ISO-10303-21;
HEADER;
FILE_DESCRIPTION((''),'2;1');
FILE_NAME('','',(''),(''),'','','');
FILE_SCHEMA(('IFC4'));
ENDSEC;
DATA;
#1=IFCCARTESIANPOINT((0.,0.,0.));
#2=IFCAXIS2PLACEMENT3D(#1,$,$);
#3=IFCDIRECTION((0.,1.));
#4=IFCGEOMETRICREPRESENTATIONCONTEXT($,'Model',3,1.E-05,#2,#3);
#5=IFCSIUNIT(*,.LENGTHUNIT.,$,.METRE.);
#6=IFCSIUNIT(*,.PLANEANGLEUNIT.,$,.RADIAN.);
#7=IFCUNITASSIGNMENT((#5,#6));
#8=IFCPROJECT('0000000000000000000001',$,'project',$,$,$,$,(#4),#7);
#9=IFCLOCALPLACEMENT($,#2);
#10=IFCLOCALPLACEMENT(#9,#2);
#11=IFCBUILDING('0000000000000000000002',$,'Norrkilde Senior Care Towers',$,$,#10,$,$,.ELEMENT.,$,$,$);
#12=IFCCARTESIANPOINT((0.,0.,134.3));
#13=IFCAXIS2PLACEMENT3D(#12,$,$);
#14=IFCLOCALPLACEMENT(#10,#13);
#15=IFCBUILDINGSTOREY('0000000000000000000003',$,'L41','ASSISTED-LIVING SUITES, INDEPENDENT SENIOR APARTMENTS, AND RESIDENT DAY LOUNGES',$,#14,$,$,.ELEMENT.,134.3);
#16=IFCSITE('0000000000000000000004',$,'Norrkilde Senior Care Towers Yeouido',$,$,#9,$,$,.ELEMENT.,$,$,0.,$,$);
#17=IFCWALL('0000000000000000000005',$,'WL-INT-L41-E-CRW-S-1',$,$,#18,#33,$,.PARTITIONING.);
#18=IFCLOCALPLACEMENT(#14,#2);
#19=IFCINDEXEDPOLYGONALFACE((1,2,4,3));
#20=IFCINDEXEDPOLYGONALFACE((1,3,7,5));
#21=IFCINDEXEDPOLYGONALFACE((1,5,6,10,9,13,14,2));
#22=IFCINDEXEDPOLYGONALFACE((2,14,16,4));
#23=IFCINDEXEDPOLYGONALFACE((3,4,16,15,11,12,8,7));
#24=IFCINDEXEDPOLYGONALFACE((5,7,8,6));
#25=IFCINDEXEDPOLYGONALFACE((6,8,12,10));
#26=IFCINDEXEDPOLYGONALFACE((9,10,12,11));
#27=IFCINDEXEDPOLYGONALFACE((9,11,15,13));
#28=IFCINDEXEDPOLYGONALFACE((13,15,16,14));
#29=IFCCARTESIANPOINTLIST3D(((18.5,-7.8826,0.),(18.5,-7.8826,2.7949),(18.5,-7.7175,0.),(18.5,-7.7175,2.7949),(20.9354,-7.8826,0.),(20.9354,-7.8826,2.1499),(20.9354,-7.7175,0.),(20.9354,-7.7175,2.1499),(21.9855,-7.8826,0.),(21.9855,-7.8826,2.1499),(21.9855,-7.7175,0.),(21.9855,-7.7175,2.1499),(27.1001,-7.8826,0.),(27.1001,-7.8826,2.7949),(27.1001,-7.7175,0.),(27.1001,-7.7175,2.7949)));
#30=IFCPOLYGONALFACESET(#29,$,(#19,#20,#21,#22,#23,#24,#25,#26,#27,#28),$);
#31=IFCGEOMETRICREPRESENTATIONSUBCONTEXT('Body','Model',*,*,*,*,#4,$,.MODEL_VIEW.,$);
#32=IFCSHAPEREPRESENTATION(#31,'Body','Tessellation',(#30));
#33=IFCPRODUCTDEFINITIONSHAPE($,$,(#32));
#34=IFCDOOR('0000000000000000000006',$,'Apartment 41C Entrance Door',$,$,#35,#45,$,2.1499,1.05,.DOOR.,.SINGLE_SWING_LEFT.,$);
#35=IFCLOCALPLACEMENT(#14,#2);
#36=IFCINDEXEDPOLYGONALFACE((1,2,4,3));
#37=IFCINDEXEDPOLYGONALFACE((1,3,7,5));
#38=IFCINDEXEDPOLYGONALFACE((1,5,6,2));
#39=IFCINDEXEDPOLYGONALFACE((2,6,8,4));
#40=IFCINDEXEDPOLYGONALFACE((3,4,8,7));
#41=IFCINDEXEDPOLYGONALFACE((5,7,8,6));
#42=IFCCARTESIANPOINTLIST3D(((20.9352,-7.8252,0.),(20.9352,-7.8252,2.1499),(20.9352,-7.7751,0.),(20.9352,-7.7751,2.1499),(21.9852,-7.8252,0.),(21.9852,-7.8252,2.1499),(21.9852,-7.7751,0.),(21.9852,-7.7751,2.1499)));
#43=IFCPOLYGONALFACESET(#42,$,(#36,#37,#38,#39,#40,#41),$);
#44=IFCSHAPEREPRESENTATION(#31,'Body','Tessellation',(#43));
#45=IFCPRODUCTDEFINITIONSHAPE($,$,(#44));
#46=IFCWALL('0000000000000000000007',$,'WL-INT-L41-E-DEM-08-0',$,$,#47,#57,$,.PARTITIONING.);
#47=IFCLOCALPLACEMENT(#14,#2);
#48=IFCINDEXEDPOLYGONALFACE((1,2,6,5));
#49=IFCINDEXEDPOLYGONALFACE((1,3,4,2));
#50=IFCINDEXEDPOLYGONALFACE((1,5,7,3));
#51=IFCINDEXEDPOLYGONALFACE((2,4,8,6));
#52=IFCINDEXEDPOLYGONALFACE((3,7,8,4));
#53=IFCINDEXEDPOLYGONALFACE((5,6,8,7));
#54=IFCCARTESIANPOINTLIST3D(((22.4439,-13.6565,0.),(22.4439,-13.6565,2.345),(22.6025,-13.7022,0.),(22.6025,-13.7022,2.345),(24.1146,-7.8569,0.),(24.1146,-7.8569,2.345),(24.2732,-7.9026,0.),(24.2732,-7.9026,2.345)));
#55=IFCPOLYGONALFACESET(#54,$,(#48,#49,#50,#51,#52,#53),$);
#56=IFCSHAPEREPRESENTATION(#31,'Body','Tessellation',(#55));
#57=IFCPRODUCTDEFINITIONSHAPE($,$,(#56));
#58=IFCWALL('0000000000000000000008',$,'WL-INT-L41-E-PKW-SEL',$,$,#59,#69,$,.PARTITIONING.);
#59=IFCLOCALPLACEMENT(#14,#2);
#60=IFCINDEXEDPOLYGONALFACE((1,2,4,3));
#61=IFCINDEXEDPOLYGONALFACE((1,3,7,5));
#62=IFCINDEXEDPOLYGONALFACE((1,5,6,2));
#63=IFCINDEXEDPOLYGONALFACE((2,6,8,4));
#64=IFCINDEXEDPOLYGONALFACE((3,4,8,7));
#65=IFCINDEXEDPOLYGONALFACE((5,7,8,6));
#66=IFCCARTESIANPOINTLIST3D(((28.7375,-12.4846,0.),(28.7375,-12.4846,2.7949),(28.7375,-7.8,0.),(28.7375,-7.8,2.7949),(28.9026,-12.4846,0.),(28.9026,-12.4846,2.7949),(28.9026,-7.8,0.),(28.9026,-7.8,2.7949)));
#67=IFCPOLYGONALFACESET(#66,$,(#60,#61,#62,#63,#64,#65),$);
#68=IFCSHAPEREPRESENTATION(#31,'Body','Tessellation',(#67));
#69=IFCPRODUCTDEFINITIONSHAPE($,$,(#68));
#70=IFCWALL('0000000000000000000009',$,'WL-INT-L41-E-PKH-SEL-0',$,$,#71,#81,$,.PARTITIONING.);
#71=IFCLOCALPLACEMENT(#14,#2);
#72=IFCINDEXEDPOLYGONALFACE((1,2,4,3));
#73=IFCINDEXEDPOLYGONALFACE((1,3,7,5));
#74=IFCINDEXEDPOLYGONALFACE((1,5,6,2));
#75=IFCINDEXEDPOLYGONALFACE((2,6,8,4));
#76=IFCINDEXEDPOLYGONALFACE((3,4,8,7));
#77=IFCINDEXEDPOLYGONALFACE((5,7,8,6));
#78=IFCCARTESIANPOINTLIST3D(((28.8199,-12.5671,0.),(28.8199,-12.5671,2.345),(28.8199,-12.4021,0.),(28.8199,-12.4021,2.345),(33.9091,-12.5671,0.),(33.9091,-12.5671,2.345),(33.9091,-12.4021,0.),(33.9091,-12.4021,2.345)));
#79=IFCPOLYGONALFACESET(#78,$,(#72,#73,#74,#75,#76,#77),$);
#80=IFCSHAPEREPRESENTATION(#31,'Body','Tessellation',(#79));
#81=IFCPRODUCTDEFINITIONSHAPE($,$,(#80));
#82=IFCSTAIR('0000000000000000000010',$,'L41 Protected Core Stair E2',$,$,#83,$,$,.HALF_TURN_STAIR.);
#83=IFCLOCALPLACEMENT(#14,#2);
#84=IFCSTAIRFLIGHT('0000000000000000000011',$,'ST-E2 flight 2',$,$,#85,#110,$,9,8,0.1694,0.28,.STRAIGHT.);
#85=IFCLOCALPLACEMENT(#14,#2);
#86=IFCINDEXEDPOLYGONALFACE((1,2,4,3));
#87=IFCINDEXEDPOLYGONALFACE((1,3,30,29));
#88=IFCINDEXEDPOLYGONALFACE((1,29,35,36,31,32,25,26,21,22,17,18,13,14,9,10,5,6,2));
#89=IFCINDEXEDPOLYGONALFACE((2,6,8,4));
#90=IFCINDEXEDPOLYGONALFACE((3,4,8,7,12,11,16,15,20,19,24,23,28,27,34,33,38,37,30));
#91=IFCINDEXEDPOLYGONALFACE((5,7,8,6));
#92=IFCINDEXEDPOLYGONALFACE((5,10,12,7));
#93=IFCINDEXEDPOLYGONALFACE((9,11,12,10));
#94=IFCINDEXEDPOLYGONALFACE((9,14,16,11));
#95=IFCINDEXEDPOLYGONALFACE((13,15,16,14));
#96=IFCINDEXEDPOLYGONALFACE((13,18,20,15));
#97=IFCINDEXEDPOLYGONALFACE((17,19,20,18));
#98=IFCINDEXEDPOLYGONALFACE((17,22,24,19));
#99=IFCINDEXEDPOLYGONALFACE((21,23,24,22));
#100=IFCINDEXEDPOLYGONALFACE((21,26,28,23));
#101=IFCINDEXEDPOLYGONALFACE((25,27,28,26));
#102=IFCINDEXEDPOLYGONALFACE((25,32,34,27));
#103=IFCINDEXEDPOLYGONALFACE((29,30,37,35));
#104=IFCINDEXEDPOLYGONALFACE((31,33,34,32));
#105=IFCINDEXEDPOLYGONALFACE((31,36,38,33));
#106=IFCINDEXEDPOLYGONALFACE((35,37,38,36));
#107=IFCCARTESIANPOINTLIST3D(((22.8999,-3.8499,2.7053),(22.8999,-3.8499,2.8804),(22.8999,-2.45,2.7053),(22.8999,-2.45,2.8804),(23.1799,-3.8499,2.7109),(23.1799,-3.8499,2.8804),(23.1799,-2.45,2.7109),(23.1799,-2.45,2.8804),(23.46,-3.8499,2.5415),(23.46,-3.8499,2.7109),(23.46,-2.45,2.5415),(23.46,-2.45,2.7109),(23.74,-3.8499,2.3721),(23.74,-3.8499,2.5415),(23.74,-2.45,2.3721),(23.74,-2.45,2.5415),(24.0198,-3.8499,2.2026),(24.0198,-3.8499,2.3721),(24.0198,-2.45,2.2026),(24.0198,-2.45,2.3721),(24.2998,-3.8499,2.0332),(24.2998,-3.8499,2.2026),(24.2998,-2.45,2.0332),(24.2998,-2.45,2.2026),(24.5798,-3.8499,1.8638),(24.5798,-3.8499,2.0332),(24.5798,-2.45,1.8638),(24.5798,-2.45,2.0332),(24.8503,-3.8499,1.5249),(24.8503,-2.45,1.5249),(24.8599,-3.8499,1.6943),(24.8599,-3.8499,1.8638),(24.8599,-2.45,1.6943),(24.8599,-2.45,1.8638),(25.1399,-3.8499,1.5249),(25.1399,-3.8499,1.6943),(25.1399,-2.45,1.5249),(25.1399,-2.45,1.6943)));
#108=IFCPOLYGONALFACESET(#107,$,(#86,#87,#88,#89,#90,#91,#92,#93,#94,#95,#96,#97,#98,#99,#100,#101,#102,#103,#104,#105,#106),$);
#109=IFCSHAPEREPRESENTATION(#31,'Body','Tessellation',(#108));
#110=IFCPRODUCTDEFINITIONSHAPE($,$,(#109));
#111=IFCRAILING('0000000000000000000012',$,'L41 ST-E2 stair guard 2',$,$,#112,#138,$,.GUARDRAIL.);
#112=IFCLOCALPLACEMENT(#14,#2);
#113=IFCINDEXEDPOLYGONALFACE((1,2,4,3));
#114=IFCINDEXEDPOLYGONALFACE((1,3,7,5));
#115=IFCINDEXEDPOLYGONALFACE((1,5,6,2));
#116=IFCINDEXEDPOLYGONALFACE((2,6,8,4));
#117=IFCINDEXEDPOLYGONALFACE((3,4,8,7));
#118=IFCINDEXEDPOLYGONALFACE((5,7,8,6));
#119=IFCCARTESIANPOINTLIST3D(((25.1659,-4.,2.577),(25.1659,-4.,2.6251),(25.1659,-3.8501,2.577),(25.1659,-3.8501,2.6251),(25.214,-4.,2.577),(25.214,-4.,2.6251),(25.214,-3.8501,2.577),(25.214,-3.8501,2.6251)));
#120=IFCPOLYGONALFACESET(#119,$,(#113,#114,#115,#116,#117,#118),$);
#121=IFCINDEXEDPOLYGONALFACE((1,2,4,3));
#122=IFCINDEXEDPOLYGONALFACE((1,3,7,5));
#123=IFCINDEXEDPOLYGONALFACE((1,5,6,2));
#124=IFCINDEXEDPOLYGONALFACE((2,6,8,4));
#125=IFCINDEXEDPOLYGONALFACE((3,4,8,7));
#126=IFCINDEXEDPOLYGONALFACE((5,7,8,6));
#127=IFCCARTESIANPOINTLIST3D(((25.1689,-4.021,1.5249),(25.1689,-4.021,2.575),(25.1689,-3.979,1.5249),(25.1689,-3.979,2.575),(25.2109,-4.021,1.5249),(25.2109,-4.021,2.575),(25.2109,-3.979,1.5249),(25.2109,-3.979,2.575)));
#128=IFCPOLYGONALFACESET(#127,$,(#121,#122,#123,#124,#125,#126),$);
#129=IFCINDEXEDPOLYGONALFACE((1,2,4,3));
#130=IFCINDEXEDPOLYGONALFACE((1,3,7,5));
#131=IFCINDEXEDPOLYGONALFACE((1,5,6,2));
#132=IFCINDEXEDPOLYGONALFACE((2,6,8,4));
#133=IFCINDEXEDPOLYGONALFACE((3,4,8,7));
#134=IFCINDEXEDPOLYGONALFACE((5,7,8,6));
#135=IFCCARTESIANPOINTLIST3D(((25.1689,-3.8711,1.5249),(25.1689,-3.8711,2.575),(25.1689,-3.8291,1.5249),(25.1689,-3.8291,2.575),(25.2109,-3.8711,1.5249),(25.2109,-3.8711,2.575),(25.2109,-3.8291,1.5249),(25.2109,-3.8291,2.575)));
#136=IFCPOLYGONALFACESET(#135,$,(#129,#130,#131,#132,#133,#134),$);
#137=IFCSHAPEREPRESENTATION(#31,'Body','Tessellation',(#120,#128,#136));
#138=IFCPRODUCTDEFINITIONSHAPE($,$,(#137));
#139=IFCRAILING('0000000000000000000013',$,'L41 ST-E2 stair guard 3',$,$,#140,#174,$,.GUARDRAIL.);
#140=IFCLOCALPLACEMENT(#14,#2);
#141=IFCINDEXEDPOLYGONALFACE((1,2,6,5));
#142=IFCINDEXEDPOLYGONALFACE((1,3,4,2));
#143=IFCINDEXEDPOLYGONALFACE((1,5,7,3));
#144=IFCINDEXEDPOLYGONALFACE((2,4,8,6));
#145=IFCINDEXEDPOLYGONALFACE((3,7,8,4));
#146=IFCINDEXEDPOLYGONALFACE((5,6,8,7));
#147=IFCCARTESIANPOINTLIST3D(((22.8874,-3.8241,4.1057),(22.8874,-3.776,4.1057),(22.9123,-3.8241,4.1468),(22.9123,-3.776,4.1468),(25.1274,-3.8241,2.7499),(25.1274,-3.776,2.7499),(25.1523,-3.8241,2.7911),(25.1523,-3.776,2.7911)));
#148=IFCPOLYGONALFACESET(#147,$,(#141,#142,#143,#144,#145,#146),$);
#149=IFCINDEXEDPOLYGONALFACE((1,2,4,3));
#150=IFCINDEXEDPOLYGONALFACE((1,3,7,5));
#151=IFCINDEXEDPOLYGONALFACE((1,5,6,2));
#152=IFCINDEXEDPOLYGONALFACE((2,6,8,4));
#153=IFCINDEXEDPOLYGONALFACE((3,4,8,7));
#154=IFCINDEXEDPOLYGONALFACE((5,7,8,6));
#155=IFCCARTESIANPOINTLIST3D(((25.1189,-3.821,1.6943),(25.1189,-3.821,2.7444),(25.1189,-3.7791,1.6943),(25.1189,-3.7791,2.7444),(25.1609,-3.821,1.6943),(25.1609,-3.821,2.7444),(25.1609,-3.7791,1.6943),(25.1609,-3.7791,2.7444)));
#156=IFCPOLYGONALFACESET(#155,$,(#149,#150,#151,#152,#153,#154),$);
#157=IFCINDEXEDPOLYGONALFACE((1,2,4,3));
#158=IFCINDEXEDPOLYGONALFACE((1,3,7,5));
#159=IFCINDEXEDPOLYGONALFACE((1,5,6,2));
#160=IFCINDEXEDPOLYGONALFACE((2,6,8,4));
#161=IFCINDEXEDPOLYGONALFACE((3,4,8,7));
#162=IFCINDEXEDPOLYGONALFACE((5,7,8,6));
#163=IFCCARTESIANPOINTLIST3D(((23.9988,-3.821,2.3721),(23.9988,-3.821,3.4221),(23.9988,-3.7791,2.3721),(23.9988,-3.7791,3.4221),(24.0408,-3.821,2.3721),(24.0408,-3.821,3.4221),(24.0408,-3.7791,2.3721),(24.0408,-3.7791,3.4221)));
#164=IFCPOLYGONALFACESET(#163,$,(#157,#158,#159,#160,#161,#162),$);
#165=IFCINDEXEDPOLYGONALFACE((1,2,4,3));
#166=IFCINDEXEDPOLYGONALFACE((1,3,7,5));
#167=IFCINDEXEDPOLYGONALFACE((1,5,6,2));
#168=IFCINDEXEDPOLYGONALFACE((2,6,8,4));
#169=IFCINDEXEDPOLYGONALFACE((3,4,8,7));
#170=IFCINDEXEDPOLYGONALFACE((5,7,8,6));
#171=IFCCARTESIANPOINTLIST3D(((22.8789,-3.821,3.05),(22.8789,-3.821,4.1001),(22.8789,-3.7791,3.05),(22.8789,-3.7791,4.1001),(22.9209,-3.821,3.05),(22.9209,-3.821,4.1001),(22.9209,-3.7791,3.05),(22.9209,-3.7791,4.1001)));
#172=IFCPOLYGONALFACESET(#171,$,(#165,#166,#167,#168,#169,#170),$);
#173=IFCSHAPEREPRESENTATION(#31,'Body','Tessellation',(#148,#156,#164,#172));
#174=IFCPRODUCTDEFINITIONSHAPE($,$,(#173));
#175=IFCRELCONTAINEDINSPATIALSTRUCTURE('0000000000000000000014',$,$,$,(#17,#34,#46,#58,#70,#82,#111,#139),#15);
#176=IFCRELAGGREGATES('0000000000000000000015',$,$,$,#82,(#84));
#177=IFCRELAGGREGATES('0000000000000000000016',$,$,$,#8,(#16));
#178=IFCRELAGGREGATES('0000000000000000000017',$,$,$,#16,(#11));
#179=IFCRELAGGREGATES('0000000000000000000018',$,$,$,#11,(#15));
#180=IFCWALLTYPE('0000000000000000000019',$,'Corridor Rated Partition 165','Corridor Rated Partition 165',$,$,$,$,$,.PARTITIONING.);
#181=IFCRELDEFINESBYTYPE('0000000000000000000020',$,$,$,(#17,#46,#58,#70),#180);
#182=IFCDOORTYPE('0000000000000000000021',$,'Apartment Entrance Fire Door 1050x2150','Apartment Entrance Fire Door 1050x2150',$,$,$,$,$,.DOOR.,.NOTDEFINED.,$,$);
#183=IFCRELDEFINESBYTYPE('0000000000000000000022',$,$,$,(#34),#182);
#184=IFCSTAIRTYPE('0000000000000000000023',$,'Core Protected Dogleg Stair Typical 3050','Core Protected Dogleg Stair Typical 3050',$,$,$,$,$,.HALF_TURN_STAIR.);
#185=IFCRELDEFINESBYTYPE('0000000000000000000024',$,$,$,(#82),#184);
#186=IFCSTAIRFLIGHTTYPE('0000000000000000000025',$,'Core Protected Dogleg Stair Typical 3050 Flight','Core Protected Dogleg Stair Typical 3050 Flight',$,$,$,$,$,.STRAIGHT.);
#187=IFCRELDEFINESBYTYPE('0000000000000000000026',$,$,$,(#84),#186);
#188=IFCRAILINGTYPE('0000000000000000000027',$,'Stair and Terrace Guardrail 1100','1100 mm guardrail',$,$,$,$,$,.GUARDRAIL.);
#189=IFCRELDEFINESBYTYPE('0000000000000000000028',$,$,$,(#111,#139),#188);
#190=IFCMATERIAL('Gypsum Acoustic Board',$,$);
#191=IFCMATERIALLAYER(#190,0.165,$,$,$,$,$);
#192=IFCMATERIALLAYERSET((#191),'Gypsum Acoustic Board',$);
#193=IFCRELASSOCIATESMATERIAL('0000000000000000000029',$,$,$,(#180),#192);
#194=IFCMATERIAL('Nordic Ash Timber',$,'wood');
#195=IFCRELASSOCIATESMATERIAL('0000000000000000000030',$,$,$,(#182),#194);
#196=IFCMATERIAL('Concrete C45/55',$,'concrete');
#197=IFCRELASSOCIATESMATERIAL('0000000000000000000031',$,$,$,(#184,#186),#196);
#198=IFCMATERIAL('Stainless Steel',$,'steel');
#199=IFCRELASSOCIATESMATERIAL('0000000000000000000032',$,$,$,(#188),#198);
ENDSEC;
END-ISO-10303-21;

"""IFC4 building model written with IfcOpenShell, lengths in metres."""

from ifc_helpers import new_model, si_unit, direction, frame, frame_2d, origin, origin_2d, place, context, subcontext, project, spatial, polyline, rectangle, outline, extrude, source, transform, mapped, material, layer, layer_set, type_object, type_shapes, element, fill, aggregate, save


model = new_model("IFC4")

# Units and contexts
model_context = context("Model", 3, precision=1e-05, world=origin(), true_north=direction((0.0, 1.0)))
body_context = subcontext(model_context, "Body", "Model", "MODEL_VIEW")
ifc_project = project(units=[si_unit("LENGTHUNIT", "METRE"), si_unit("PLANEANGLEUNIT", "RADIAN")], contexts=[model_context])

# Site, building, storey
site_placement = place(None, origin())
site = spatial("IfcSite", under=ifc_project, at=site_placement, Name="Norrkilde Senior Care Towers Yeouido", CompositionType="ELEMENT", RefElevation=0.0)
building_placement = place(site_placement, origin())
building = spatial("IfcBuilding", under=site, at=building_placement, Name="Norrkilde Senior Care Towers", CompositionType="ELEMENT")
storey_placement = place(building_placement, frame((0.0, 0.0, 134.3)))
storey = spatial("IfcBuildingStorey", under=building, at=storey_placement, Name="L41", Description="ASSISTED-LIVING SUITES, INDEPENDENT SENIOR APARTMENTS, AND RESIDENT DAY LOUNGES", CompositionType="ELEMENT", Elevation=134.3)

# Shared definitions
ifc_material_1 = material(Name="Concrete C45/55", Category="concrete")

# Shared definitions
ifc_material_2 = material(Name="Stainless Steel", Category="steel")

# Shared definitions
ifc_material_3 = material(Name="Gypsum Acoustic Board")
ifc_layer_1 = layer(ifc_material_3, 0.165)
ifc_layer_set_1 = layer_set([ifc_layer_1], Name="Gypsum Acoustic Board")
wall_type_1 = type_object("IfcWallType", Name="Corridor Rated Partition 165", Description="Corridor Rated Partition 165", PredefinedType="PARTITIONING", material=ifc_layer_set_1)

# Wall, opening, door
shared_shape_1 = source(origin(), body_context, "Body", "SweptSolid", [
    extrude(rectangle(XDim=8.6001, YDim=0.165, at=frame_2d((4.3, 0.0))), origin(), (0.0, 0.0, 1.0), 2.7949),
])
wall_1_placement = place(storey_placement, frame((27.1001, -7.8, 0.0), z_axis=(0.0, 0.0, 1.0), x_axis=(-1.0, 0.0, 0.0)))
wall_1 = element("IfcWall", 1, at=wall_1_placement, inside=storey, type_object=wall_type_1, Name="WL-INT-L41-E-CRW-S-1", PredefinedType="PARTITIONING", context=body_context, shape_type="MappedRepresentation", body=[
    mapped(shared_shape_1, transform((0.0, 0.0, 0.0), x_axis=(1.0, 0.0, 0.0), y_axis=(0.0, 1.0, 0.0), z_axis=(0.0, 0.0, 1.0), scale=1.0)),
])
opening_1_placement = place(wall_1_placement, frame((5.1147, 0.0, 0.0)))
opening_1 = element("IfcOpeningElement", 2, at=opening_1_placement, cuts=wall_1, PredefinedType="OPENING", context=body_context, shape_type="SweptSolid", body=[
    extrude(rectangle(XDim=1.05, YDim=2.1499, at=frame_2d((0.5249, 1.075))), frame((0.0, 0.0925, 0.0), z_axis=(0.0, -1.0, 0.0), x_axis=(1.0, 0.0, 0.0)), (0.0, 0.0, 1.0), 0.1851),
])
ifc_material_4 = material(Name="Nordic Ash Timber", Category="wood")
door_type_1 = type_object("IfcDoorType", Name="Apartment Entrance Fire Door 1050x2150", Description="Apartment Entrance Fire Door 1050x2150", OperationType="NOTDEFINED", PredefinedType="DOOR", material=ifc_material_4)
shared_shape_2 = source(origin(), body_context, "Body", "SweptSolid", [
    extrude(rectangle(XDim=1.05, YDim=2.1499, at=frame_2d((0.5249, 1.075))), frame((0.0, 0.0249, 0.0), z_axis=(0.0, -1.0, 0.0), x_axis=(1.0, 0.0, 0.0)), (0.0, 0.0, 1.0), 0.05),
])
type_shapes(door_type_1, [shared_shape_2])
door_1_placement = place(opening_1_placement, frame((1.05, 0.0, 0.0), z_axis=(0.0, 0.0, 1.0), x_axis=(-1.0, 0.0, 0.0)))
door_1 = element("IfcDoor", 3, at=door_1_placement, inside=storey, type_object=door_type_1, Name="Apartment 41C Entrance Door", OperationType="SINGLE_SWING_LEFT", OverallHeight=2.1499, OverallWidth=1.05, PredefinedType="DOOR", context=body_context, shape_type="MappedRepresentation", body=[
    mapped(shared_shape_2, transform((0.0, 0.0, 0.0), x_axis=(1.0, 0.0, 0.0), y_axis=(0.0, 1.0, 0.0), z_axis=(0.0, 0.0, 1.0), scale=1.0)),
])
fill(opening_1, door_1)

# Wall
shared_shape_3 = source(origin(), body_context, "Body", "SweptSolid", [
    extrude(rectangle(XDim=6.0354, YDim=0.165, at=frame_2d((3.0176, 0.0))), origin(), (0.0, 0.0, 1.0), 2.345),
])
wall_2_placement = place(storey_placement, frame((24.1938, -7.8799, 0.0), z_axis=(0.0, 0.0, 1.0), x_axis=(-0.276809, -0.960925, 0.0)))
element("IfcWall", 4, at=wall_2_placement, inside=storey, type_object=wall_type_1, Name="WL-INT-L41-E-DEM-08-0", PredefinedType="PARTITIONING", context=body_context, shape_type="MappedRepresentation", body=[
    mapped(shared_shape_3, transform((0.0, 0.0, 0.0), x_axis=(1.0, 0.0, 0.0), y_axis=(0.0, 1.0, 0.0), z_axis=(0.0, 0.0, 1.0), scale=1.0)),
])

# Shared definitions
shared_shape_4 = source(origin(), body_context, "Body", "SweptSolid", [
    extrude(rectangle(XDim=4.6846, YDim=0.165, at=frame_2d((2.3423, 0.0))), origin(), (0.0, 0.0, 1.0), 2.7949),
])

# Walls
wall_3_placement = place(storey_placement, frame((28.8201, -12.4846, 0.0), z_axis=(0.0, 0.0, 1.0), x_axis=(0.0, 1.0, 0.0)))
element("IfcWall", 5, at=wall_3_placement, inside=storey, type_object=wall_type_1, Name="WL-INT-L41-E-PKW-SEL", PredefinedType="PARTITIONING", context=body_context, shape_type="MappedRepresentation", body=[
    mapped(shared_shape_4, transform((0.0, 0.0, 0.0), x_axis=(1.0, 0.0, 0.0), y_axis=(0.0, 1.0, 0.0), z_axis=(0.0, 0.0, 1.0), scale=1.0)),
])
shared_shape_5 = source(origin(), body_context, "Body", "SweptSolid", [
    extrude(rectangle(XDim=5.0891, YDim=0.165, at=frame_2d((2.5444, 0.0))), origin(), (0.0, 0.0, 1.0), 2.345),
])
wall_4_placement = place(storey_placement, frame((28.8201, -12.4846, 0.0), z_axis=(0.0, 0.0, 1.0), x_axis=(1.0, 0.0, 0.0)))
element("IfcWall", 6, at=wall_4_placement, inside=storey, type_object=wall_type_1, Name="WL-INT-L41-E-PKH-SEL-0", PredefinedType="PARTITIONING", context=body_context, shape_type="MappedRepresentation", body=[
    mapped(shared_shape_5, transform((0.0, 0.0, 0.0), x_axis=(1.0, 0.0, 0.0), y_axis=(0.0, 1.0, 0.0), z_axis=(0.0, 0.0, 1.0), scale=1.0)),
])

# Stair, stair flight
stair_type = type_object("IfcStairType", Name="Core Protected Dogleg Stair Typical 3050", Description="Core Protected Dogleg Stair Typical 3050", PredefinedType="HALF_TURN_STAIR", material=ifc_material_1)
stair_placement = place(storey_placement, origin())
stair = element("IfcStair", 7, at=stair_placement, inside=storey, type_object=stair_type, Name="L41 Protected Core Stair E2", PredefinedType="HALF_TURN_STAIR")
stair_flight_type = type_object("IfcStairFlightType", Name="Core Protected Dogleg Stair Typical 3050 Flight", Description="Core Protected Dogleg Stair Typical 3050 Flight", PredefinedType="STRAIGHT", material=ifc_material_1)
stair_flight_placement = place(storey_placement, frame((25.1399, -3.1499, 1.5249), z_axis=(0.0, 0.0, 1.0), x_axis=(-1.0, 0.0, 0.0)))
stair_flight = element("IfcStairFlight", 8, at=stair_flight_placement, type_object=stair_flight_type, Name="ST-E2 flight 2", NumberOfRisers=9, NumberOfTreads=8, PredefinedType="STRAIGHT", RiserHeight=0.1694, TreadLength=0.28, context=body_context, shape_type="SweptSolid", body=[
    extrude(outline(polyline([(0.0, 0.0), (0.0, 0.1694), (0.28, 0.1694), (0.28, 0.3389), (0.5601, 0.3389), (0.5601, 0.5083), (0.8401, 0.5083), (0.8401, 0.6777), (1.1201, 0.6777), (1.1201, 0.8472), (1.3999, 0.8472), (1.3999, 1.0166), (1.6799, 1.0166), (1.6799, 1.186), (1.96, 1.186), (1.96, 1.3555), (2.24, 1.3555), (2.24, 1.5249), (2.24, 1.1804), (0.2896, 0.0), (0.0, 0.0)])), frame((0.0, 0.7, 0.0), z_axis=(0.0, -1.0, 0.0), x_axis=(1.0, 0.0, 0.0)), (0.0, 0.0, 1.0), 1.3999),
])
aggregate(stair, [stair_flight])

# Railings
railing_type_1 = type_object("IfcRailingType", Name="Stair and Terrace Guardrail 1100", Description="1100 mm guardrail", PredefinedType="GUARDRAIL", material=ifc_material_2)
railing_1_placement = place(storey_placement, frame((25.1899, -4.0, 1.5249)))
element("IfcRailing", 9, at=railing_1_placement, inside=storey, type_object=railing_type_1, Name="L41 ST-E2 stair guard 2", PredefinedType="GUARDRAIL", context=body_context, shape_type="SweptSolid", body=[
    extrude(rectangle(XDim=0.0481, YDim=0.0481, at=origin_2d()), frame((0.0, 0.0, 1.0762), z_axis=(0.0, 1.0, 0.0), x_axis=(-1.0, 0.0, 0.0)), (0.0, 0.0, 1.0), 0.1499),
    extrude(rectangle(XDim=0.042, YDim=0.042, at=origin_2d()), origin(), (0.0, 0.0, 1.0), 1.05),
    extrude(rectangle(XDim=0.042, YDim=0.042, at=origin_2d()), frame((0.0, 0.1499, 0.0)), (0.0, 0.0, 1.0), 1.05),
])
railing_2_placement = place(storey_placement, frame((25.1399, -3.8, 1.6943)))
element("IfcRailing", 10, at=railing_2_placement, inside=storey, type_object=railing_type_1, Name="L41 ST-E2 stair guard 3", PredefinedType="GUARDRAIL", context=body_context, shape_type="SweptSolid", body=[
    extrude(rectangle(XDim=0.0481, YDim=0.0481, at=origin_2d()), frame((0.0, 0.0, 1.0762), z_axis=(-0.855512, 0.0, 0.517783), x_axis=(0.0, -1.0, 0.0)), (0.0, 0.0, 1.0), 2.6184),
    extrude(rectangle(XDim=0.042, YDim=0.042, at=origin_2d()), origin(), (0.0, 0.0, 1.0), 1.05),
    extrude(rectangle(XDim=0.042, YDim=0.042, at=origin_2d()), frame((-1.1201, 0.0, 0.6777)), (0.0, 0.0, 1.0), 1.05),
    extrude(rectangle(XDim=0.042, YDim=0.042, at=origin_2d()), frame((-2.24, 0.0, 1.3557)), (0.0, 0.0, 1.0), 1.05),
])

save(model, "model.ifc")
